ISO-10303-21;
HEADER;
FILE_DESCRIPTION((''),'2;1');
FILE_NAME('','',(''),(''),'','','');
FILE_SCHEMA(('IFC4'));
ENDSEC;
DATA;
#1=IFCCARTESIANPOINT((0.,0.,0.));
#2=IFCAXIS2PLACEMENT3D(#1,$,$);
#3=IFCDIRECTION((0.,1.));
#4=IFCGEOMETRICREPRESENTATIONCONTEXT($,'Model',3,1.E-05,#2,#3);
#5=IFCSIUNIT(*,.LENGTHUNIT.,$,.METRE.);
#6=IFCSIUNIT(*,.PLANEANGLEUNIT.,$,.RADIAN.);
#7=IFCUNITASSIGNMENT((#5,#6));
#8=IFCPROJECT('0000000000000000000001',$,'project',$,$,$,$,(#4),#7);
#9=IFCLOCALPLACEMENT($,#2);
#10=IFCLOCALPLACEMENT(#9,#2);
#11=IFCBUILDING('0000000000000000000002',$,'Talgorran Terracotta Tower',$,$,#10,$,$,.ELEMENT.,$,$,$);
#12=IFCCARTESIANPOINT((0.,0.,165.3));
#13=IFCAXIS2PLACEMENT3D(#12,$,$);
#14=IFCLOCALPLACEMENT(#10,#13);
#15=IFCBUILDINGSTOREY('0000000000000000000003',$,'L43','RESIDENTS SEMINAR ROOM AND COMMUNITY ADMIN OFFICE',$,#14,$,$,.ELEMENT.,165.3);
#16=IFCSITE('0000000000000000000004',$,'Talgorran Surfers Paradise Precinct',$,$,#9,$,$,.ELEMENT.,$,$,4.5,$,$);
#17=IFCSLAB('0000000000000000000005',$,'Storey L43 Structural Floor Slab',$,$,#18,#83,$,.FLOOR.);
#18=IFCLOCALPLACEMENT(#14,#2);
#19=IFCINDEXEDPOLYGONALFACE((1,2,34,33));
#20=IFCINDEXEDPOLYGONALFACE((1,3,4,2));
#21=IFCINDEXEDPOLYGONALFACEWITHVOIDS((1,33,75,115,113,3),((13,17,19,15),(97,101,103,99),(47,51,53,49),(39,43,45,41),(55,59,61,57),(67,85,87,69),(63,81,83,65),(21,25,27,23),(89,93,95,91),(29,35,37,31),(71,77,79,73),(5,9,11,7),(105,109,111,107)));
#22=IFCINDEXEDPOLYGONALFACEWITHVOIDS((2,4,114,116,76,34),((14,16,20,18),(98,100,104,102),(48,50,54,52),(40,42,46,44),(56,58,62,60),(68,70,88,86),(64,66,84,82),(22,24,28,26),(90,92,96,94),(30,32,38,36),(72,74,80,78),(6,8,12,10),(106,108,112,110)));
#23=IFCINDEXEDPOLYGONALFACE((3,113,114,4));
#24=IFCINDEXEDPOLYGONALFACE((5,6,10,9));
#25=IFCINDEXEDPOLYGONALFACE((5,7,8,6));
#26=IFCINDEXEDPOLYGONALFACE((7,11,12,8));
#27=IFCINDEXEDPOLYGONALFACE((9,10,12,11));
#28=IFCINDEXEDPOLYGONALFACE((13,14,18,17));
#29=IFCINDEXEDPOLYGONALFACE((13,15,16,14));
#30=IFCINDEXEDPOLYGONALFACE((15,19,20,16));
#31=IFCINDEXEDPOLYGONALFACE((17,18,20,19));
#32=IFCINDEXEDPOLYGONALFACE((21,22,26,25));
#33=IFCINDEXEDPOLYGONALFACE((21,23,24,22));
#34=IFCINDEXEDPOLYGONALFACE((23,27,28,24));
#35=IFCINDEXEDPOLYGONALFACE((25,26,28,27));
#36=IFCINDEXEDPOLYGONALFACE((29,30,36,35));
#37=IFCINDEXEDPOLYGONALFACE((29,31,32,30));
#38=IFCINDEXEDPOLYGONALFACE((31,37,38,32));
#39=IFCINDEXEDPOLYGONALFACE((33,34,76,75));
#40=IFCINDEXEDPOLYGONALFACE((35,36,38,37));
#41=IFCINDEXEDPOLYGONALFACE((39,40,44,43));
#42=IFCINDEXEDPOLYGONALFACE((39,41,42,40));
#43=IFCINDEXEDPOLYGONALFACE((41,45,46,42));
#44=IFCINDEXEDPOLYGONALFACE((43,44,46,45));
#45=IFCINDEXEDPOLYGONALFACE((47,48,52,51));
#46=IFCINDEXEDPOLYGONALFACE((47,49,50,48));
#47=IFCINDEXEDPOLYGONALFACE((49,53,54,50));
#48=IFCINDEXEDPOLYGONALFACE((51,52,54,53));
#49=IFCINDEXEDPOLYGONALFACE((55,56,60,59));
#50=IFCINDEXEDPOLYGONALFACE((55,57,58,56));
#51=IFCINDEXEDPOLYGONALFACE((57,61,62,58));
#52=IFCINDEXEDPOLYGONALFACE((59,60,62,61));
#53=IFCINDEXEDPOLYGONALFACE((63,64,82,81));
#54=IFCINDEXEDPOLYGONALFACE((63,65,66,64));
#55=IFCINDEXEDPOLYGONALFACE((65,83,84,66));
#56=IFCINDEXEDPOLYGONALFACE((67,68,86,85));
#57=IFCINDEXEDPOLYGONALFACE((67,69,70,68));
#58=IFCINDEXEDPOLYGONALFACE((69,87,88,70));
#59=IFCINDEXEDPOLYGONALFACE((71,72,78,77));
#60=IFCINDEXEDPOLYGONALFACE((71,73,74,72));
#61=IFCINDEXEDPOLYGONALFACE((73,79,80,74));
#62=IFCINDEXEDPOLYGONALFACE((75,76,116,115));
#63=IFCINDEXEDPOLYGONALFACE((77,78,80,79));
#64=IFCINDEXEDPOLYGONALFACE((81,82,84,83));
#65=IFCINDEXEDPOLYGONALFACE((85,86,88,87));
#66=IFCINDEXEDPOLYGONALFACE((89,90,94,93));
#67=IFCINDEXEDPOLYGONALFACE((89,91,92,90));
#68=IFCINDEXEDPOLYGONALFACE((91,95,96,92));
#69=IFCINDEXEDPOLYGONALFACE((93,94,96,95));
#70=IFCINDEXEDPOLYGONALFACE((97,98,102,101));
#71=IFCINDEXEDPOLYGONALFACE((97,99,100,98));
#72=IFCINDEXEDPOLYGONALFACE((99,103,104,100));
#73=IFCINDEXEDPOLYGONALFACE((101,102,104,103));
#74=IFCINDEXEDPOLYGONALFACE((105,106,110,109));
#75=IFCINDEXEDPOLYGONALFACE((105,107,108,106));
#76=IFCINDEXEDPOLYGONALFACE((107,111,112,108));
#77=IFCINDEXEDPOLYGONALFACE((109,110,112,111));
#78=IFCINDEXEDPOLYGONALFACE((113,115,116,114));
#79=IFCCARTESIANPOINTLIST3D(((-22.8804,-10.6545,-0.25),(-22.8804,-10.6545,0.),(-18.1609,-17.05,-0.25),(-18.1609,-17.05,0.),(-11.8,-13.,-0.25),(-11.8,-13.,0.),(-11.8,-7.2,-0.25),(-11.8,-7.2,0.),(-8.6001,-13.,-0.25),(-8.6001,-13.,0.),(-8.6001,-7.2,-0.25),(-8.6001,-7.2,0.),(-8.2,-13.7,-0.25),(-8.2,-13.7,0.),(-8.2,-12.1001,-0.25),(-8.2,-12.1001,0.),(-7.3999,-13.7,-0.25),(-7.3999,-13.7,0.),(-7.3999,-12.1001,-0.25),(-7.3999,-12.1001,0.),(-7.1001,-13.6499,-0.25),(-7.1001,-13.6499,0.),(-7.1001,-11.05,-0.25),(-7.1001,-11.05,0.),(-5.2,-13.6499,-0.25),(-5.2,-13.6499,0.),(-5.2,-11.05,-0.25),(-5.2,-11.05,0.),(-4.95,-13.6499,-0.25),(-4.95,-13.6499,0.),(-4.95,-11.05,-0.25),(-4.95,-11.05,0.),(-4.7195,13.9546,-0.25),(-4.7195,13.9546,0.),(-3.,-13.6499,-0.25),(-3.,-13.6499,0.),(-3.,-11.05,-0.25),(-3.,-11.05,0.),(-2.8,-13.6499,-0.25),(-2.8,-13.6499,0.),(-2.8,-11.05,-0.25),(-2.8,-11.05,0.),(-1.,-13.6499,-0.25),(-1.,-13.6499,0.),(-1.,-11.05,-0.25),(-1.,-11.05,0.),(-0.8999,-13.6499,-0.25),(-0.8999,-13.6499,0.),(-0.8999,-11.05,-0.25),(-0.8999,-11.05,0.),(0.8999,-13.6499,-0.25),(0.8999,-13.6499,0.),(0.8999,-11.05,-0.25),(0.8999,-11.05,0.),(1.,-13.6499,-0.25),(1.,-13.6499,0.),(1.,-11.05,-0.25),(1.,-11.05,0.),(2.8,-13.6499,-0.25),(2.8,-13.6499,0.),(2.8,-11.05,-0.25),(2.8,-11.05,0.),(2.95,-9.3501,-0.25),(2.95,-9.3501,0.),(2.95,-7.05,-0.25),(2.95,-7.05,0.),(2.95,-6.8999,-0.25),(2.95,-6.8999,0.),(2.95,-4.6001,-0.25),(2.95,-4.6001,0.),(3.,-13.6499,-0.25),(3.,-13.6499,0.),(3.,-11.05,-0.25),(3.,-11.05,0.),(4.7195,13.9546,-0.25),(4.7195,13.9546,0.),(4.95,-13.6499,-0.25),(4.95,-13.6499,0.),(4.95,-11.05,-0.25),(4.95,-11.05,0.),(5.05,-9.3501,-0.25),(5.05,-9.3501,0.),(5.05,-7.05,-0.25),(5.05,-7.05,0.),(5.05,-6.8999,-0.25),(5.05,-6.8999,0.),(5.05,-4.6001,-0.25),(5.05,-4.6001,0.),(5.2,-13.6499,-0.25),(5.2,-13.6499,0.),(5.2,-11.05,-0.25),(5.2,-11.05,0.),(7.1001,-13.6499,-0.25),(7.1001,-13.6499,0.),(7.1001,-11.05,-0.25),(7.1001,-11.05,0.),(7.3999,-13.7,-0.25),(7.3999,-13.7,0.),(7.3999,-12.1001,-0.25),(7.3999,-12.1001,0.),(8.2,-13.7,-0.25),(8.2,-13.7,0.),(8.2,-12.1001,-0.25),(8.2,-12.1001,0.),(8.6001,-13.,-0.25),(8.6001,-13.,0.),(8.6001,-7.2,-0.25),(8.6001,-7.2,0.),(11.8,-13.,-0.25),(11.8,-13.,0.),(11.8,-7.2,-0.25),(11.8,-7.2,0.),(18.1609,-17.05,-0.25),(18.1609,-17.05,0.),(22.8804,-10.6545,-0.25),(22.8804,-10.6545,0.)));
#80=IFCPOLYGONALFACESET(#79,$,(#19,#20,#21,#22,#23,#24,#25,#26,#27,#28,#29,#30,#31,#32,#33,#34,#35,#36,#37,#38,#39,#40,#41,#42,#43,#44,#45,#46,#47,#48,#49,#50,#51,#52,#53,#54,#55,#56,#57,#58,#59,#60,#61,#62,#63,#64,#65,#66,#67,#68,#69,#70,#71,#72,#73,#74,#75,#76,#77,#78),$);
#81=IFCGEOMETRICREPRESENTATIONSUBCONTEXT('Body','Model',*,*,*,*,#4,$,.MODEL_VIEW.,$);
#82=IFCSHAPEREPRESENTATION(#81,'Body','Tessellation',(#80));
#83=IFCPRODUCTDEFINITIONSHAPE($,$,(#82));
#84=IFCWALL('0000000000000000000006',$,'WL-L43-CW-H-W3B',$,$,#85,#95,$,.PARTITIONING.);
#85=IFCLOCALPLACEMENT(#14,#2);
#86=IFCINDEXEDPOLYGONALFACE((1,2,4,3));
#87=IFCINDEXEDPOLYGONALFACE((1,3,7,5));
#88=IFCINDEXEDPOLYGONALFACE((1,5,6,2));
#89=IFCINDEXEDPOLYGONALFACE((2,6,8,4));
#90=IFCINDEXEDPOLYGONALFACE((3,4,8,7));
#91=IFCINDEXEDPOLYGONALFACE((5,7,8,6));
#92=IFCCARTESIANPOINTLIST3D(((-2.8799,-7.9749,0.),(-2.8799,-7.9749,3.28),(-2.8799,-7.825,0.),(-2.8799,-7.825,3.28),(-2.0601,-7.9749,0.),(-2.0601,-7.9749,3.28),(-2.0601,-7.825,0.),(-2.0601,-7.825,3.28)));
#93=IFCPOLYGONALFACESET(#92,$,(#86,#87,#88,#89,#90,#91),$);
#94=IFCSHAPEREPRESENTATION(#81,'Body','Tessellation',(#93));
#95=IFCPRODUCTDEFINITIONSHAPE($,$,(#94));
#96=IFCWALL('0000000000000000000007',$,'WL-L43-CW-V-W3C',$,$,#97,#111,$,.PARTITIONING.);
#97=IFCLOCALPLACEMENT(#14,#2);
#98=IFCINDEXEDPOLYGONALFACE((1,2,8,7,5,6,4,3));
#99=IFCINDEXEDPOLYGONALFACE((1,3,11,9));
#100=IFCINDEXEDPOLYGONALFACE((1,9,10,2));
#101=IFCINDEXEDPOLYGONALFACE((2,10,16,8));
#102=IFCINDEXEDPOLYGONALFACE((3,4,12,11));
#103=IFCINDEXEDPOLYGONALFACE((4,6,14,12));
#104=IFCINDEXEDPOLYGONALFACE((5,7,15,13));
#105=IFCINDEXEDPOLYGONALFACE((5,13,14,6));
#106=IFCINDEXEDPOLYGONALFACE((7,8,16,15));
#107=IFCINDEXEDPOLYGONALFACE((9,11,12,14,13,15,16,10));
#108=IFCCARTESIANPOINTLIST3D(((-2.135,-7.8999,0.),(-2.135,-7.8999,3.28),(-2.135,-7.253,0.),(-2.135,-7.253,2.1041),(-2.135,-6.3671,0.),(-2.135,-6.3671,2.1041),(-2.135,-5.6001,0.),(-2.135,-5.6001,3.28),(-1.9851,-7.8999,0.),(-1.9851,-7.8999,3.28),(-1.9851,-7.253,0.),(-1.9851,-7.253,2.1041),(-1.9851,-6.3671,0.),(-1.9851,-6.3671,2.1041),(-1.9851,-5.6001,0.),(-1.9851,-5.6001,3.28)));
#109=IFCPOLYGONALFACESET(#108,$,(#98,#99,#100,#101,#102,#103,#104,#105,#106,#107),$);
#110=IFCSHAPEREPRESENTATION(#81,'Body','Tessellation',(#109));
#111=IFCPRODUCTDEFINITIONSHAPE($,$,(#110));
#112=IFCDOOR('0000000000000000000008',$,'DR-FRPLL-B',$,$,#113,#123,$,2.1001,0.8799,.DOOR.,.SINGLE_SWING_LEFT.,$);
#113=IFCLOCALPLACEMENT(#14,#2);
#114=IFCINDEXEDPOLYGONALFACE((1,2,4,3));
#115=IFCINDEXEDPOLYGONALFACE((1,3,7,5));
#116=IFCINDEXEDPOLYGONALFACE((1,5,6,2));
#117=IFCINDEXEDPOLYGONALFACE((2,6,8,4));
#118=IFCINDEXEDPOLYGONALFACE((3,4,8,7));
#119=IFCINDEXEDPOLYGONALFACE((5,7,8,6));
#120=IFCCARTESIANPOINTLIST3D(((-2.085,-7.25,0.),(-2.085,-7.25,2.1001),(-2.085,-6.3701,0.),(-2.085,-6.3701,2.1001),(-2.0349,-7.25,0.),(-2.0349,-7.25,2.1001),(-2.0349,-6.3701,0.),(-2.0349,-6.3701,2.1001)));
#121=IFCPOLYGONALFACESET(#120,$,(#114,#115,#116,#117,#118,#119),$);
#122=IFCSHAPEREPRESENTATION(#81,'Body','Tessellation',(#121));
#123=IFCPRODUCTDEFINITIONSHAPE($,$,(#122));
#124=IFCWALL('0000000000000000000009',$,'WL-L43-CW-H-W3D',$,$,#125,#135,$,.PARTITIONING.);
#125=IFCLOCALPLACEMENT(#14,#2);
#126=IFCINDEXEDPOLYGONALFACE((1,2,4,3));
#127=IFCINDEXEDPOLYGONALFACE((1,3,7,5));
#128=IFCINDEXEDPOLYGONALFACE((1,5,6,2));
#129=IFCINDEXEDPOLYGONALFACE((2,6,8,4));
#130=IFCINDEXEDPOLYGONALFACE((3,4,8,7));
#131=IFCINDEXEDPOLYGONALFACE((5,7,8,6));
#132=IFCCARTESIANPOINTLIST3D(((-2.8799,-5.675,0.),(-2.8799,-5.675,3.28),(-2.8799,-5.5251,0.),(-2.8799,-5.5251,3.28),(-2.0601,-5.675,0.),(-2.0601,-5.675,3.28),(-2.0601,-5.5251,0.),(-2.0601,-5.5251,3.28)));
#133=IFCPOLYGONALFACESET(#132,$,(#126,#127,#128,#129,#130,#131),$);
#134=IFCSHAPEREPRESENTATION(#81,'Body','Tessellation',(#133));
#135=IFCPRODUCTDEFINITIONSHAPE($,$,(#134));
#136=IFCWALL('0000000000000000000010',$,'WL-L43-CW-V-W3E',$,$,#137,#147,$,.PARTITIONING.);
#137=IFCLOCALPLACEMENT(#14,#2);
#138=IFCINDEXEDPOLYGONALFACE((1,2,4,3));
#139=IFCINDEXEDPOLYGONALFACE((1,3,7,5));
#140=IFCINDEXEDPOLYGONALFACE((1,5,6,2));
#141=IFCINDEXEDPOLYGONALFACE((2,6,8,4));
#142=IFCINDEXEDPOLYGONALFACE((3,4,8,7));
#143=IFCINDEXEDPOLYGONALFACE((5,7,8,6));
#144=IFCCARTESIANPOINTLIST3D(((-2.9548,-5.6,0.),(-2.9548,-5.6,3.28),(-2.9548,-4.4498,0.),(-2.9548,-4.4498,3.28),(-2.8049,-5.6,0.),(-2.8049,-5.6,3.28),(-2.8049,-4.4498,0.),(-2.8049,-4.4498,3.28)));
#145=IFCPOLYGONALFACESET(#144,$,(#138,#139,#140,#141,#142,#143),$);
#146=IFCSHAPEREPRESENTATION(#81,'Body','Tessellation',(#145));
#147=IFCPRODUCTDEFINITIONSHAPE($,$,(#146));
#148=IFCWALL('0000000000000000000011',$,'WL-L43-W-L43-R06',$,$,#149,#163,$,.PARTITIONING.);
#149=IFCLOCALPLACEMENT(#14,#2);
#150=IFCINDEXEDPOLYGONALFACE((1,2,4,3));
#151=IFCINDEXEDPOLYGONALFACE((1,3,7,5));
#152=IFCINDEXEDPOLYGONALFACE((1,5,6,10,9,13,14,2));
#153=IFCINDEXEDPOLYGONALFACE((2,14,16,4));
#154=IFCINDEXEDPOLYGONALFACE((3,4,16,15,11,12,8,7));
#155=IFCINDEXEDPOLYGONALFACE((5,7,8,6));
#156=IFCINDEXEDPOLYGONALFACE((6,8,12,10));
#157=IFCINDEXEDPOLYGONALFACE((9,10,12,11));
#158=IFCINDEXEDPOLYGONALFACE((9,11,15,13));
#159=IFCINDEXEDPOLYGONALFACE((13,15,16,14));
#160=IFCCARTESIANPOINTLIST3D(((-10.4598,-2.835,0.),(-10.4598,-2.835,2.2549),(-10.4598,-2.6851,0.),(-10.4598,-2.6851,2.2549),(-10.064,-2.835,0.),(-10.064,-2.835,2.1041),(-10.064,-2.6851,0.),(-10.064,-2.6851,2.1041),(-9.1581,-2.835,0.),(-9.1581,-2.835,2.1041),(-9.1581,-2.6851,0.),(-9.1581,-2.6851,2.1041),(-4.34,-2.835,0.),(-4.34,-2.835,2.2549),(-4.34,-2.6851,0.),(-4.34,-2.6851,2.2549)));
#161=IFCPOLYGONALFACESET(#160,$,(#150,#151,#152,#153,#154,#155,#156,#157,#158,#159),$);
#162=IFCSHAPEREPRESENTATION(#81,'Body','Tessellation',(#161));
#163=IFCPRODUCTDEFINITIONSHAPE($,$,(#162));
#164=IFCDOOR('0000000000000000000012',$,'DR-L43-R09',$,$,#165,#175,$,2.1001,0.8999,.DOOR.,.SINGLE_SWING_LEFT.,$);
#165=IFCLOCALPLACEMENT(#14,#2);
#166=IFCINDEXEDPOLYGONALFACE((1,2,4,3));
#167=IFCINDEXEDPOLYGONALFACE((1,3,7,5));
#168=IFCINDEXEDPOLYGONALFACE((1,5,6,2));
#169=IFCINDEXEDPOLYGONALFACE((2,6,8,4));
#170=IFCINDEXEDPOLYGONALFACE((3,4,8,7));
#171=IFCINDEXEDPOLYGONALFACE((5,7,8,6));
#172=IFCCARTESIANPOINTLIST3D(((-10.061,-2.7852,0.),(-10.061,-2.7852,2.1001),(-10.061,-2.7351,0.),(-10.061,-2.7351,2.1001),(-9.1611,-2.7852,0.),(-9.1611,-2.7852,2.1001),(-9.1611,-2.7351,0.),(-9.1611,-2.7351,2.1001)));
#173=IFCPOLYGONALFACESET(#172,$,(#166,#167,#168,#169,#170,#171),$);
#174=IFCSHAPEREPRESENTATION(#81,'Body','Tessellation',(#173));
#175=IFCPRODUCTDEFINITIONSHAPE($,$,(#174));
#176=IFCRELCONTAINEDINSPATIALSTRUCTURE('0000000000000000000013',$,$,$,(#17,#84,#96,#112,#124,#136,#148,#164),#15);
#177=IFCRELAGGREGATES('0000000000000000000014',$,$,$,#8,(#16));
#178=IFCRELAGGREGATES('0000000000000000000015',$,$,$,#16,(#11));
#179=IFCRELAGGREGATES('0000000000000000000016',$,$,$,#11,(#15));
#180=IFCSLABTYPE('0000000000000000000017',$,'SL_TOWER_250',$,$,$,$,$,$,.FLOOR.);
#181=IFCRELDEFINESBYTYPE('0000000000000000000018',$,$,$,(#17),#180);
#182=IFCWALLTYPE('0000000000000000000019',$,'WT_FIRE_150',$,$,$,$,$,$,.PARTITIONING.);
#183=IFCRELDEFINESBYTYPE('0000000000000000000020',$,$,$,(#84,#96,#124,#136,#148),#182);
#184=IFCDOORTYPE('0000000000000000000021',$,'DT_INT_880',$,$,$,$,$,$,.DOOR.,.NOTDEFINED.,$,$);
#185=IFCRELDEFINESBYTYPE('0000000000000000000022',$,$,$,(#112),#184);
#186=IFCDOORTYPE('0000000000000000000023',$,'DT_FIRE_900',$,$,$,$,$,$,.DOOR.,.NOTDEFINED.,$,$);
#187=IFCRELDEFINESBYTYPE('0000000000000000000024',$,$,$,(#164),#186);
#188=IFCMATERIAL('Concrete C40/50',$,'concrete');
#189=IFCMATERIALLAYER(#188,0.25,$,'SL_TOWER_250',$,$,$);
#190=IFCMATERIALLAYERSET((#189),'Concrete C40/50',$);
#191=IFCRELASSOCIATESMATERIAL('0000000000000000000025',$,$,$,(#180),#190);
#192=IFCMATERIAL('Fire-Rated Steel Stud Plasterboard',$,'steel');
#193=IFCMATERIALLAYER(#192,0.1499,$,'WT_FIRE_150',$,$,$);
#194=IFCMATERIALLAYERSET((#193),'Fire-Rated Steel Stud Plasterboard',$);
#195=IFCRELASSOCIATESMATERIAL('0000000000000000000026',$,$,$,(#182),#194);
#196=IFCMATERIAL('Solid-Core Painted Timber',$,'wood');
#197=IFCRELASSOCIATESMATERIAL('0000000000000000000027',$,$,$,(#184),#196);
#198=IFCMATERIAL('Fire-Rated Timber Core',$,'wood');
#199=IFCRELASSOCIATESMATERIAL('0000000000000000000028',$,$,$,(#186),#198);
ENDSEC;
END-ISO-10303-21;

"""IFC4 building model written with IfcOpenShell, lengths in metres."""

from ifc_helpers import new_model, si_unit, direction, frame, frame_2d, origin, place, context, subcontext, project, spatial, polyline, rectangle, outline, extrude, material, layer, layer_set, type_object, element, fill, save


model = new_model("IFC4")

# Units and contexts
model_context = context("Model", 3, precision=1e-05, world=origin(), true_north=direction((0.0, 1.0)))
body_context = subcontext(model_context, "Body", "Model", "MODEL_VIEW")
ifc_project = project(units=[si_unit("LENGTHUNIT", "METRE"), si_unit("PLANEANGLEUNIT", "RADIAN")], contexts=[model_context])

# Site, building, storey
site_placement = place(None, origin())
site = spatial("IfcSite", under=ifc_project, at=site_placement, Name="Talgorran Surfers Paradise Precinct", CompositionType="ELEMENT", RefElevation=4.5)
building_placement = place(site_placement, origin())
building = spatial("IfcBuilding", under=site, at=building_placement, Name="Talgorran Terracotta Tower", CompositionType="ELEMENT")
storey_placement = place(building_placement, frame((0.0, 0.0, 165.3)))
storey = spatial("IfcBuildingStorey", under=building, at=storey_placement, Name="L43", Description="RESIDENTS SEMINAR ROOM AND COMMUNITY ADMIN OFFICE", CompositionType="ELEMENT", Elevation=165.3)

# Slab
ifc_material_1 = material(Name="Concrete C40/50", Category="concrete")
ifc_layer_1 = layer(ifc_material_1, 0.25, Name="SL_TOWER_250")
ifc_layer_set_1 = layer_set([ifc_layer_1], Name="Concrete C40/50")
slab_type_1 = type_object("IfcSlabType", Name="SL_TOWER_250", PredefinedType="FLOOR", material=ifc_layer_set_1)
slab_1_placement = place(storey_placement, frame((0.0, 0.0, -0.25)))
element("IfcSlab", 1, at=slab_1_placement, inside=storey, type_object=slab_type_1, Name="Storey L43 Structural Floor Slab", PredefinedType="FLOOR", context=body_context, shape_type="SweptSolid", body=[
    extrude(outline(polyline([(-22.8804, -10.6545), (-18.1609, -17.05), (18.1609, -17.05), (22.8804, -10.6545), (4.7195, 13.9546), (-4.7195, 13.9546), (-22.8804, -10.6545)]), holes=[polyline([(-11.8, -7.2), (-11.8, -13.0), (-8.6001, -13.0), (-8.6001, -7.2), (-11.8, -7.2)]), polyline([(8.6001, -7.2), (8.6001, -13.0), (11.8, -13.0), (11.8, -7.2), (8.6001, -7.2)]), polyline([(-7.1001, -13.6499), (-5.2, -13.6499), (-5.2, -11.05), (-7.1001, -11.05), (-7.1001, -13.6499)]), polyline([(5.2, -13.6499), (7.1001, -13.6499), (7.1001, -11.05), (5.2, -11.05), (5.2, -13.6499)]), polyline([(3.0, -13.6499), (4.95, -13.6499), (4.95, -11.05), (3.0, -11.05), (3.0, -13.6499)]), polyline([(-4.95, -13.6499), (-3.0, -13.6499), (-3.0, -11.05), (-4.95, -11.05), (-4.95, -13.6499)]), polyline([(2.95, -9.3501), (5.05, -9.3501), (5.05, -7.05), (2.95, -7.05), (2.95, -9.3501)]), polyline([(2.95, -6.8999), (5.05, -6.8999), (5.05, -4.6001), (2.95, -4.6001), (2.95, -6.8999)]), polyline([(-2.8, -13.6499), (-1.0, -13.6499), (-1.0, -11.05), (-2.8, -11.05), (-2.8, -13.6499)]), polyline([(-0.8999, -13.6499), (0.8999, -13.6499), (0.8999, -11.05), (-0.8999, -11.05), (-0.8999, -13.6499)]), polyline([(1.0, -13.6499), (2.8, -13.6499), (2.8, -11.05), (1.0, -11.05), (1.0, -13.6499)]), polyline([(-8.2, -13.7), (-7.3999, -13.7), (-7.3999, -12.1001), (-8.2, -12.1001), (-8.2, -13.7)]), polyline([(7.3999, -13.7), (8.2, -13.7), (8.2, -12.1001), (7.3999, -12.1001), (7.3999, -13.7)])]), origin(), (0.0, 0.0, 1.0), 0.25),
])

# Wall
ifc_material_2 = material(Name="Fire-Rated Steel Stud Plasterboard", Category="steel")
ifc_layer_2 = layer(ifc_material_2, 0.1499, Name="WT_FIRE_150")
ifc_layer_set_2 = layer_set([ifc_layer_2], Name="Fire-Rated Steel Stud Plasterboard")
wall_type_1 = type_object("IfcWallType", Name="WT_FIRE_150", PredefinedType="PARTITIONING", material=ifc_layer_set_2)
wall_1_placement = place(storey_placement, frame((-2.8799, -7.8999, 0.0), z_axis=(0.0, 0.0, 1.0), x_axis=(1.0, 0.0, 0.0)))
element("IfcWall", 2, at=wall_1_placement, inside=storey, type_object=wall_type_1, Name="WL-L43-CW-H-W3B", PredefinedType="PARTITIONING", context=body_context, shape_type="SweptSolid", body=[
    extrude(rectangle(XDim=0.8198, YDim=0.1499, at=frame_2d((0.4099, 0.0))), origin(), (0.0, 0.0, 1.0), 3.28),
])

# Wall, opening, door
wall_2_placement = place(storey_placement, frame((-2.0601, -7.8999, 0.0), z_axis=(0.0, 0.0, 1.0), x_axis=(0.0, 1.0, 0.0)))
wall_2 = element("IfcWall", 3, at=wall_2_placement, inside=storey, type_object=wall_type_1, Name="WL-L43-CW-V-W3C", PredefinedType="PARTITIONING", context=body_context, shape_type="SweptSolid", body=[
    extrude(rectangle(XDim=2.2998, YDim=0.1499, at=frame_2d((1.1499, 0.0))), origin(), (0.0, 0.0, 1.0), 3.28),
])
opening_1_placement = place(wall_2_placement, frame((0.6499, 0.0, 0.0)))
opening_1 = element("IfcOpeningElement", 4, at=opening_1_placement, cuts=wall_2, PredefinedType="OPENING", context=body_context, shape_type="SweptSolid", body=[
    extrude(rectangle(XDim=0.8859, YDim=2.1041, at=frame_2d((0.4399, 1.052))), frame((0.0, 0.085, 0.0), z_axis=(0.0, -1.0, 0.0), x_axis=(1.0, 0.0, 0.0)), (0.0, 0.0, 1.0), 0.1699),
])
ifc_material_3 = material(Name="Solid-Core Painted Timber", Category="wood")
door_type_1 = type_object("IfcDoorType", Name="DT_INT_880", OperationType="NOTDEFINED", PredefinedType="DOOR", material=ifc_material_3)
door_1_placement = place(opening_1_placement, origin())
door_1 = element("IfcDoor", 5, at=door_1_placement, inside=storey, type_object=door_type_1, Name="DR-FRPLL-B", OperationType="SINGLE_SWING_LEFT", OverallHeight=2.1001, OverallWidth=0.8799, PredefinedType="DOOR", context=body_context, shape_type="SweptSolid", body=[
    extrude(rectangle(XDim=0.8799, YDim=2.1001, at=frame_2d((0.4399, 1.05))), frame((0.0, 0.0249, 0.0), z_axis=(0.0, -1.0, 0.0), x_axis=(1.0, 0.0, 0.0)), (0.0, 0.0, 1.0), 0.05),
])
fill(opening_1, door_1)

# Walls
wall_3_placement = place(storey_placement, frame((-2.8799, -5.6001, 0.0), z_axis=(0.0, 0.0, 1.0), x_axis=(1.0, 0.0, 0.0)))
element("IfcWall", 6, at=wall_3_placement, inside=storey, type_object=wall_type_1, Name="WL-L43-CW-H-W3D", PredefinedType="PARTITIONING", context=body_context, shape_type="SweptSolid", body=[
    extrude(rectangle(XDim=0.8198, YDim=0.1499, at=frame_2d((0.4099, 0.0))), origin(), (0.0, 0.0, 1.0), 3.28),
])
wall_4_placement = place(storey_placement, frame((-2.8799, -5.6001, 0.0), z_axis=(0.0, 0.0, 1.0), x_axis=(0.0, 1.0, 0.0)))
element("IfcWall", 7, at=wall_4_placement, inside=storey, type_object=wall_type_1, Name="WL-L43-CW-V-W3E", PredefinedType="PARTITIONING", context=body_context, shape_type="SweptSolid", body=[
    extrude(rectangle(XDim=1.1501, YDim=0.1499, at=frame_2d((0.5752, 0.0))), origin(), (0.0, 0.0, 1.0), 3.28),
])

# Wall, opening, door
wall_5_placement = place(storey_placement, frame((-10.46, -2.76, 0.0), z_axis=(0.0, 0.0, 1.0), x_axis=(1.0, 0.0, 0.0)))
wall_5 = element("IfcWall", 8, at=wall_5_placement, inside=storey, type_object=wall_type_1, Name="WL-L43-W-L43-R06", PredefinedType="PARTITIONING", context=body_context, shape_type="SweptSolid", body=[
    extrude(rectangle(XDim=6.1199, YDim=0.1499, at=frame_2d((3.0601, 0.0))), origin(), (0.0, 0.0, 1.0), 2.2549),
])
opening_2_placement = place(wall_5_placement, frame((0.3989, 0.0, 0.0)))
opening_2 = element("IfcOpeningElement", 9, at=opening_2_placement, cuts=wall_5, PredefinedType="OPENING", context=body_context, shape_type="SweptSolid", body=[
    extrude(rectangle(XDim=0.9059, YDim=2.1041, at=frame_2d((0.45, 1.052))), frame((0.0, 0.085, 0.0), z_axis=(0.0, -1.0, 0.0), x_axis=(1.0, 0.0, 0.0)), (0.0, 0.0, 1.0), 0.1699),
])
ifc_material_4 = material(Name="Fire-Rated Timber Core", Category="wood")
door_type_2 = type_object("IfcDoorType", Name="DT_FIRE_900", OperationType="NOTDEFINED", PredefinedType="DOOR", material=ifc_material_4)
door_2_placement = place(opening_2_placement, origin())
door_2 = element("IfcDoor", 10, at=door_2_placement, inside=storey, type_object=door_type_2, Name="DR-L43-R09", OperationType="SINGLE_SWING_LEFT", OverallHeight=2.1001, OverallWidth=0.8999, PredefinedType="DOOR", context=body_context, shape_type="SweptSolid", body=[
    extrude(rectangle(XDim=0.8999, YDim=2.1001, at=frame_2d((0.45, 1.05))), frame((0.0, 0.0249, 0.0), z_axis=(0.0, -1.0, 0.0), x_axis=(1.0, 0.0, 0.0)), (0.0, 0.0, 1.0), 0.05),
])
fill(opening_2, door_2)

save(model, "model.ifc")
